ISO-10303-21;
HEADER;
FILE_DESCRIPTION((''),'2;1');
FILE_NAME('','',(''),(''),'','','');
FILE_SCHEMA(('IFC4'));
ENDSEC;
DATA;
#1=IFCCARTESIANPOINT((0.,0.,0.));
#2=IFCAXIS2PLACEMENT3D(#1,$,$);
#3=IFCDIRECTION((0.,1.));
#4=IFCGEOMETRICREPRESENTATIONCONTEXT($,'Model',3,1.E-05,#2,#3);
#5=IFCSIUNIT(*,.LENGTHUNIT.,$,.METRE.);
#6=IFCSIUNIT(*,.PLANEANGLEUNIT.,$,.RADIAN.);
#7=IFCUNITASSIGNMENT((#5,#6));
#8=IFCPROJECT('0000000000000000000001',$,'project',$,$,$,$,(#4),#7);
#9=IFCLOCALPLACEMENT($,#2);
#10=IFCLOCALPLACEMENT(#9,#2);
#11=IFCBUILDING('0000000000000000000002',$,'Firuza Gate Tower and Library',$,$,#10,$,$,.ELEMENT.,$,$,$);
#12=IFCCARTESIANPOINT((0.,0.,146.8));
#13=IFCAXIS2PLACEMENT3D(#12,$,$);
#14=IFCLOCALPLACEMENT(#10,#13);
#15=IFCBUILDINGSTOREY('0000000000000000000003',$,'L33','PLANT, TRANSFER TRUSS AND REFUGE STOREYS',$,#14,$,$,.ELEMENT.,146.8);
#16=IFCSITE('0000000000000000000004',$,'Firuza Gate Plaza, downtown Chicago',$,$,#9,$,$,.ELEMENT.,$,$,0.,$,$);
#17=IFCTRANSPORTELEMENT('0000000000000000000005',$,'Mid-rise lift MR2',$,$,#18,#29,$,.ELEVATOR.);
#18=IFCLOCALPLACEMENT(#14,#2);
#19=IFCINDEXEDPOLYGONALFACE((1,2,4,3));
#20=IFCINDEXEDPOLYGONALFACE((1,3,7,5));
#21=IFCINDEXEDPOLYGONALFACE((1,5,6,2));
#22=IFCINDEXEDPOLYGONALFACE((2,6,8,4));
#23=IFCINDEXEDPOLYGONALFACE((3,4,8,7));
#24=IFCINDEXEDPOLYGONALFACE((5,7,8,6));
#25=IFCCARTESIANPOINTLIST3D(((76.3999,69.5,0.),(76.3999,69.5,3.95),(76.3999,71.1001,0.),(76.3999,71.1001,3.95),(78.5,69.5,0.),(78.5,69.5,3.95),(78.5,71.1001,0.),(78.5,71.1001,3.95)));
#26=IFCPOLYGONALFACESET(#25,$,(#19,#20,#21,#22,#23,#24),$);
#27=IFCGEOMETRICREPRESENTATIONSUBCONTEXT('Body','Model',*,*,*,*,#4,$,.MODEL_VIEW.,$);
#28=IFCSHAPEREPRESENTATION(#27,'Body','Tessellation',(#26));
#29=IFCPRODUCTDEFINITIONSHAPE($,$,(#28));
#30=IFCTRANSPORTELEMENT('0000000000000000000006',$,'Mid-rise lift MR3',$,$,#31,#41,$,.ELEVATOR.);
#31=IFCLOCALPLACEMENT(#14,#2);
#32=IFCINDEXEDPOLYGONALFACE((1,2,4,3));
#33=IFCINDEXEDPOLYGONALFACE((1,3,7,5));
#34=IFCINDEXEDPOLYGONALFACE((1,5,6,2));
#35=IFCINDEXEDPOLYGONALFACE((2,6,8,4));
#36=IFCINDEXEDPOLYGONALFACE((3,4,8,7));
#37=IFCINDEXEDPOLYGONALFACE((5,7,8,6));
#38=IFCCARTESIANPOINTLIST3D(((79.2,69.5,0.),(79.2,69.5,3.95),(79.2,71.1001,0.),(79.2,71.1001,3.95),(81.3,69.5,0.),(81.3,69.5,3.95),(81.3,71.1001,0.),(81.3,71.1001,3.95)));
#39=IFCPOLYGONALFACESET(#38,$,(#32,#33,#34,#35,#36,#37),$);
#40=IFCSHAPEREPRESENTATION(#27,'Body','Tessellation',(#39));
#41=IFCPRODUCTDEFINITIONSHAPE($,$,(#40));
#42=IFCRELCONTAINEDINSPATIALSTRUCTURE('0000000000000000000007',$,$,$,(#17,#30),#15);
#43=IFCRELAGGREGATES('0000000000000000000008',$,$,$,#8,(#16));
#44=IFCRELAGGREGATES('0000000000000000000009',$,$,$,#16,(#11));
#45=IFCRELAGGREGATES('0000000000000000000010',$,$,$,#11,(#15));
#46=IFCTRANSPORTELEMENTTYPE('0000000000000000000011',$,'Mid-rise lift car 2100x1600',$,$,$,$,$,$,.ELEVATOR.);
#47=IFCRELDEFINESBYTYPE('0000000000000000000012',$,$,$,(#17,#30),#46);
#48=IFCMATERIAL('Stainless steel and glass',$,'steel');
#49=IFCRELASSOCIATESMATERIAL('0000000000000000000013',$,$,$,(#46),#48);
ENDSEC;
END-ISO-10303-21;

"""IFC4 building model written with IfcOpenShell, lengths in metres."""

from ifc_helpers import new_model, si_unit, direction, frame, origin, origin_2d, place, context, subcontext, project, spatial, rectangle, extrude, material, type_object, element, save


model = new_model("IFC4")

# Units and contexts
model_context = context("Model", 3, precision=1e-05, world=origin(), true_north=direction((0.0, 1.0)))
body_context = subcontext(model_context, "Body", "Model", "MODEL_VIEW")
ifc_project = project(units=[si_unit("LENGTHUNIT", "METRE"), si_unit("PLANEANGLEUNIT", "RADIAN")], contexts=[model_context])

# Site, building, storey
site_placement = place(None, origin())
site = spatial("IfcSite", under=ifc_project, at=site_placement, Name="Firuza Gate Plaza, downtown Chicago", CompositionType="ELEMENT", RefElevation=0.0)
building_placement = place(site_placement, origin())
building = spatial("IfcBuilding", under=site, at=building_placement, Name="Firuza Gate Tower and Library", CompositionType="ELEMENT")
storey_placement = place(building_placement, frame((0.0, 0.0, 146.8)))
storey = spatial("IfcBuildingStorey", under=building, at=storey_placement, Name="L33", Description="PLANT, TRANSFER TRUSS AND REFUGE STOREYS", CompositionType="ELEMENT", Elevation=146.8)

# Transport elements
ifc_material_1 = material(Name="Stainless steel and glass", Category="steel")
transport_element_type = type_object("IfcTransportElementType", Name="Mid-rise lift car 2100x1600", PredefinedType="ELEVATOR", material=ifc_material_1)
for number, where, z_axis, x_axis, name in (
    (1, (77.45, 70.3, 0.0), (0.0, 0.0, 1.0), (1.0, 0.0, 0.0), "Mid-rise lift MR2"),
    (2, (80.25, 70.3, 0.0), (0.0, 0.0, 1.0), (1.0, 0.0, 0.0), "Mid-rise lift MR3"),
):
    element("IfcTransportElement", number, at=place(storey_placement, frame(where, z_axis=z_axis, x_axis=x_axis)), inside=storey, type_object=transport_element_type, Name=name, PredefinedType="ELEVATOR", context=body_context, shape_type="SweptSolid", body=[
        extrude(rectangle(XDim=2.1001, YDim=1.6001, at=origin_2d()), origin(), (0.0, 0.0, 1.0), 3.95),
    ])

save(model, "model.ifc")
